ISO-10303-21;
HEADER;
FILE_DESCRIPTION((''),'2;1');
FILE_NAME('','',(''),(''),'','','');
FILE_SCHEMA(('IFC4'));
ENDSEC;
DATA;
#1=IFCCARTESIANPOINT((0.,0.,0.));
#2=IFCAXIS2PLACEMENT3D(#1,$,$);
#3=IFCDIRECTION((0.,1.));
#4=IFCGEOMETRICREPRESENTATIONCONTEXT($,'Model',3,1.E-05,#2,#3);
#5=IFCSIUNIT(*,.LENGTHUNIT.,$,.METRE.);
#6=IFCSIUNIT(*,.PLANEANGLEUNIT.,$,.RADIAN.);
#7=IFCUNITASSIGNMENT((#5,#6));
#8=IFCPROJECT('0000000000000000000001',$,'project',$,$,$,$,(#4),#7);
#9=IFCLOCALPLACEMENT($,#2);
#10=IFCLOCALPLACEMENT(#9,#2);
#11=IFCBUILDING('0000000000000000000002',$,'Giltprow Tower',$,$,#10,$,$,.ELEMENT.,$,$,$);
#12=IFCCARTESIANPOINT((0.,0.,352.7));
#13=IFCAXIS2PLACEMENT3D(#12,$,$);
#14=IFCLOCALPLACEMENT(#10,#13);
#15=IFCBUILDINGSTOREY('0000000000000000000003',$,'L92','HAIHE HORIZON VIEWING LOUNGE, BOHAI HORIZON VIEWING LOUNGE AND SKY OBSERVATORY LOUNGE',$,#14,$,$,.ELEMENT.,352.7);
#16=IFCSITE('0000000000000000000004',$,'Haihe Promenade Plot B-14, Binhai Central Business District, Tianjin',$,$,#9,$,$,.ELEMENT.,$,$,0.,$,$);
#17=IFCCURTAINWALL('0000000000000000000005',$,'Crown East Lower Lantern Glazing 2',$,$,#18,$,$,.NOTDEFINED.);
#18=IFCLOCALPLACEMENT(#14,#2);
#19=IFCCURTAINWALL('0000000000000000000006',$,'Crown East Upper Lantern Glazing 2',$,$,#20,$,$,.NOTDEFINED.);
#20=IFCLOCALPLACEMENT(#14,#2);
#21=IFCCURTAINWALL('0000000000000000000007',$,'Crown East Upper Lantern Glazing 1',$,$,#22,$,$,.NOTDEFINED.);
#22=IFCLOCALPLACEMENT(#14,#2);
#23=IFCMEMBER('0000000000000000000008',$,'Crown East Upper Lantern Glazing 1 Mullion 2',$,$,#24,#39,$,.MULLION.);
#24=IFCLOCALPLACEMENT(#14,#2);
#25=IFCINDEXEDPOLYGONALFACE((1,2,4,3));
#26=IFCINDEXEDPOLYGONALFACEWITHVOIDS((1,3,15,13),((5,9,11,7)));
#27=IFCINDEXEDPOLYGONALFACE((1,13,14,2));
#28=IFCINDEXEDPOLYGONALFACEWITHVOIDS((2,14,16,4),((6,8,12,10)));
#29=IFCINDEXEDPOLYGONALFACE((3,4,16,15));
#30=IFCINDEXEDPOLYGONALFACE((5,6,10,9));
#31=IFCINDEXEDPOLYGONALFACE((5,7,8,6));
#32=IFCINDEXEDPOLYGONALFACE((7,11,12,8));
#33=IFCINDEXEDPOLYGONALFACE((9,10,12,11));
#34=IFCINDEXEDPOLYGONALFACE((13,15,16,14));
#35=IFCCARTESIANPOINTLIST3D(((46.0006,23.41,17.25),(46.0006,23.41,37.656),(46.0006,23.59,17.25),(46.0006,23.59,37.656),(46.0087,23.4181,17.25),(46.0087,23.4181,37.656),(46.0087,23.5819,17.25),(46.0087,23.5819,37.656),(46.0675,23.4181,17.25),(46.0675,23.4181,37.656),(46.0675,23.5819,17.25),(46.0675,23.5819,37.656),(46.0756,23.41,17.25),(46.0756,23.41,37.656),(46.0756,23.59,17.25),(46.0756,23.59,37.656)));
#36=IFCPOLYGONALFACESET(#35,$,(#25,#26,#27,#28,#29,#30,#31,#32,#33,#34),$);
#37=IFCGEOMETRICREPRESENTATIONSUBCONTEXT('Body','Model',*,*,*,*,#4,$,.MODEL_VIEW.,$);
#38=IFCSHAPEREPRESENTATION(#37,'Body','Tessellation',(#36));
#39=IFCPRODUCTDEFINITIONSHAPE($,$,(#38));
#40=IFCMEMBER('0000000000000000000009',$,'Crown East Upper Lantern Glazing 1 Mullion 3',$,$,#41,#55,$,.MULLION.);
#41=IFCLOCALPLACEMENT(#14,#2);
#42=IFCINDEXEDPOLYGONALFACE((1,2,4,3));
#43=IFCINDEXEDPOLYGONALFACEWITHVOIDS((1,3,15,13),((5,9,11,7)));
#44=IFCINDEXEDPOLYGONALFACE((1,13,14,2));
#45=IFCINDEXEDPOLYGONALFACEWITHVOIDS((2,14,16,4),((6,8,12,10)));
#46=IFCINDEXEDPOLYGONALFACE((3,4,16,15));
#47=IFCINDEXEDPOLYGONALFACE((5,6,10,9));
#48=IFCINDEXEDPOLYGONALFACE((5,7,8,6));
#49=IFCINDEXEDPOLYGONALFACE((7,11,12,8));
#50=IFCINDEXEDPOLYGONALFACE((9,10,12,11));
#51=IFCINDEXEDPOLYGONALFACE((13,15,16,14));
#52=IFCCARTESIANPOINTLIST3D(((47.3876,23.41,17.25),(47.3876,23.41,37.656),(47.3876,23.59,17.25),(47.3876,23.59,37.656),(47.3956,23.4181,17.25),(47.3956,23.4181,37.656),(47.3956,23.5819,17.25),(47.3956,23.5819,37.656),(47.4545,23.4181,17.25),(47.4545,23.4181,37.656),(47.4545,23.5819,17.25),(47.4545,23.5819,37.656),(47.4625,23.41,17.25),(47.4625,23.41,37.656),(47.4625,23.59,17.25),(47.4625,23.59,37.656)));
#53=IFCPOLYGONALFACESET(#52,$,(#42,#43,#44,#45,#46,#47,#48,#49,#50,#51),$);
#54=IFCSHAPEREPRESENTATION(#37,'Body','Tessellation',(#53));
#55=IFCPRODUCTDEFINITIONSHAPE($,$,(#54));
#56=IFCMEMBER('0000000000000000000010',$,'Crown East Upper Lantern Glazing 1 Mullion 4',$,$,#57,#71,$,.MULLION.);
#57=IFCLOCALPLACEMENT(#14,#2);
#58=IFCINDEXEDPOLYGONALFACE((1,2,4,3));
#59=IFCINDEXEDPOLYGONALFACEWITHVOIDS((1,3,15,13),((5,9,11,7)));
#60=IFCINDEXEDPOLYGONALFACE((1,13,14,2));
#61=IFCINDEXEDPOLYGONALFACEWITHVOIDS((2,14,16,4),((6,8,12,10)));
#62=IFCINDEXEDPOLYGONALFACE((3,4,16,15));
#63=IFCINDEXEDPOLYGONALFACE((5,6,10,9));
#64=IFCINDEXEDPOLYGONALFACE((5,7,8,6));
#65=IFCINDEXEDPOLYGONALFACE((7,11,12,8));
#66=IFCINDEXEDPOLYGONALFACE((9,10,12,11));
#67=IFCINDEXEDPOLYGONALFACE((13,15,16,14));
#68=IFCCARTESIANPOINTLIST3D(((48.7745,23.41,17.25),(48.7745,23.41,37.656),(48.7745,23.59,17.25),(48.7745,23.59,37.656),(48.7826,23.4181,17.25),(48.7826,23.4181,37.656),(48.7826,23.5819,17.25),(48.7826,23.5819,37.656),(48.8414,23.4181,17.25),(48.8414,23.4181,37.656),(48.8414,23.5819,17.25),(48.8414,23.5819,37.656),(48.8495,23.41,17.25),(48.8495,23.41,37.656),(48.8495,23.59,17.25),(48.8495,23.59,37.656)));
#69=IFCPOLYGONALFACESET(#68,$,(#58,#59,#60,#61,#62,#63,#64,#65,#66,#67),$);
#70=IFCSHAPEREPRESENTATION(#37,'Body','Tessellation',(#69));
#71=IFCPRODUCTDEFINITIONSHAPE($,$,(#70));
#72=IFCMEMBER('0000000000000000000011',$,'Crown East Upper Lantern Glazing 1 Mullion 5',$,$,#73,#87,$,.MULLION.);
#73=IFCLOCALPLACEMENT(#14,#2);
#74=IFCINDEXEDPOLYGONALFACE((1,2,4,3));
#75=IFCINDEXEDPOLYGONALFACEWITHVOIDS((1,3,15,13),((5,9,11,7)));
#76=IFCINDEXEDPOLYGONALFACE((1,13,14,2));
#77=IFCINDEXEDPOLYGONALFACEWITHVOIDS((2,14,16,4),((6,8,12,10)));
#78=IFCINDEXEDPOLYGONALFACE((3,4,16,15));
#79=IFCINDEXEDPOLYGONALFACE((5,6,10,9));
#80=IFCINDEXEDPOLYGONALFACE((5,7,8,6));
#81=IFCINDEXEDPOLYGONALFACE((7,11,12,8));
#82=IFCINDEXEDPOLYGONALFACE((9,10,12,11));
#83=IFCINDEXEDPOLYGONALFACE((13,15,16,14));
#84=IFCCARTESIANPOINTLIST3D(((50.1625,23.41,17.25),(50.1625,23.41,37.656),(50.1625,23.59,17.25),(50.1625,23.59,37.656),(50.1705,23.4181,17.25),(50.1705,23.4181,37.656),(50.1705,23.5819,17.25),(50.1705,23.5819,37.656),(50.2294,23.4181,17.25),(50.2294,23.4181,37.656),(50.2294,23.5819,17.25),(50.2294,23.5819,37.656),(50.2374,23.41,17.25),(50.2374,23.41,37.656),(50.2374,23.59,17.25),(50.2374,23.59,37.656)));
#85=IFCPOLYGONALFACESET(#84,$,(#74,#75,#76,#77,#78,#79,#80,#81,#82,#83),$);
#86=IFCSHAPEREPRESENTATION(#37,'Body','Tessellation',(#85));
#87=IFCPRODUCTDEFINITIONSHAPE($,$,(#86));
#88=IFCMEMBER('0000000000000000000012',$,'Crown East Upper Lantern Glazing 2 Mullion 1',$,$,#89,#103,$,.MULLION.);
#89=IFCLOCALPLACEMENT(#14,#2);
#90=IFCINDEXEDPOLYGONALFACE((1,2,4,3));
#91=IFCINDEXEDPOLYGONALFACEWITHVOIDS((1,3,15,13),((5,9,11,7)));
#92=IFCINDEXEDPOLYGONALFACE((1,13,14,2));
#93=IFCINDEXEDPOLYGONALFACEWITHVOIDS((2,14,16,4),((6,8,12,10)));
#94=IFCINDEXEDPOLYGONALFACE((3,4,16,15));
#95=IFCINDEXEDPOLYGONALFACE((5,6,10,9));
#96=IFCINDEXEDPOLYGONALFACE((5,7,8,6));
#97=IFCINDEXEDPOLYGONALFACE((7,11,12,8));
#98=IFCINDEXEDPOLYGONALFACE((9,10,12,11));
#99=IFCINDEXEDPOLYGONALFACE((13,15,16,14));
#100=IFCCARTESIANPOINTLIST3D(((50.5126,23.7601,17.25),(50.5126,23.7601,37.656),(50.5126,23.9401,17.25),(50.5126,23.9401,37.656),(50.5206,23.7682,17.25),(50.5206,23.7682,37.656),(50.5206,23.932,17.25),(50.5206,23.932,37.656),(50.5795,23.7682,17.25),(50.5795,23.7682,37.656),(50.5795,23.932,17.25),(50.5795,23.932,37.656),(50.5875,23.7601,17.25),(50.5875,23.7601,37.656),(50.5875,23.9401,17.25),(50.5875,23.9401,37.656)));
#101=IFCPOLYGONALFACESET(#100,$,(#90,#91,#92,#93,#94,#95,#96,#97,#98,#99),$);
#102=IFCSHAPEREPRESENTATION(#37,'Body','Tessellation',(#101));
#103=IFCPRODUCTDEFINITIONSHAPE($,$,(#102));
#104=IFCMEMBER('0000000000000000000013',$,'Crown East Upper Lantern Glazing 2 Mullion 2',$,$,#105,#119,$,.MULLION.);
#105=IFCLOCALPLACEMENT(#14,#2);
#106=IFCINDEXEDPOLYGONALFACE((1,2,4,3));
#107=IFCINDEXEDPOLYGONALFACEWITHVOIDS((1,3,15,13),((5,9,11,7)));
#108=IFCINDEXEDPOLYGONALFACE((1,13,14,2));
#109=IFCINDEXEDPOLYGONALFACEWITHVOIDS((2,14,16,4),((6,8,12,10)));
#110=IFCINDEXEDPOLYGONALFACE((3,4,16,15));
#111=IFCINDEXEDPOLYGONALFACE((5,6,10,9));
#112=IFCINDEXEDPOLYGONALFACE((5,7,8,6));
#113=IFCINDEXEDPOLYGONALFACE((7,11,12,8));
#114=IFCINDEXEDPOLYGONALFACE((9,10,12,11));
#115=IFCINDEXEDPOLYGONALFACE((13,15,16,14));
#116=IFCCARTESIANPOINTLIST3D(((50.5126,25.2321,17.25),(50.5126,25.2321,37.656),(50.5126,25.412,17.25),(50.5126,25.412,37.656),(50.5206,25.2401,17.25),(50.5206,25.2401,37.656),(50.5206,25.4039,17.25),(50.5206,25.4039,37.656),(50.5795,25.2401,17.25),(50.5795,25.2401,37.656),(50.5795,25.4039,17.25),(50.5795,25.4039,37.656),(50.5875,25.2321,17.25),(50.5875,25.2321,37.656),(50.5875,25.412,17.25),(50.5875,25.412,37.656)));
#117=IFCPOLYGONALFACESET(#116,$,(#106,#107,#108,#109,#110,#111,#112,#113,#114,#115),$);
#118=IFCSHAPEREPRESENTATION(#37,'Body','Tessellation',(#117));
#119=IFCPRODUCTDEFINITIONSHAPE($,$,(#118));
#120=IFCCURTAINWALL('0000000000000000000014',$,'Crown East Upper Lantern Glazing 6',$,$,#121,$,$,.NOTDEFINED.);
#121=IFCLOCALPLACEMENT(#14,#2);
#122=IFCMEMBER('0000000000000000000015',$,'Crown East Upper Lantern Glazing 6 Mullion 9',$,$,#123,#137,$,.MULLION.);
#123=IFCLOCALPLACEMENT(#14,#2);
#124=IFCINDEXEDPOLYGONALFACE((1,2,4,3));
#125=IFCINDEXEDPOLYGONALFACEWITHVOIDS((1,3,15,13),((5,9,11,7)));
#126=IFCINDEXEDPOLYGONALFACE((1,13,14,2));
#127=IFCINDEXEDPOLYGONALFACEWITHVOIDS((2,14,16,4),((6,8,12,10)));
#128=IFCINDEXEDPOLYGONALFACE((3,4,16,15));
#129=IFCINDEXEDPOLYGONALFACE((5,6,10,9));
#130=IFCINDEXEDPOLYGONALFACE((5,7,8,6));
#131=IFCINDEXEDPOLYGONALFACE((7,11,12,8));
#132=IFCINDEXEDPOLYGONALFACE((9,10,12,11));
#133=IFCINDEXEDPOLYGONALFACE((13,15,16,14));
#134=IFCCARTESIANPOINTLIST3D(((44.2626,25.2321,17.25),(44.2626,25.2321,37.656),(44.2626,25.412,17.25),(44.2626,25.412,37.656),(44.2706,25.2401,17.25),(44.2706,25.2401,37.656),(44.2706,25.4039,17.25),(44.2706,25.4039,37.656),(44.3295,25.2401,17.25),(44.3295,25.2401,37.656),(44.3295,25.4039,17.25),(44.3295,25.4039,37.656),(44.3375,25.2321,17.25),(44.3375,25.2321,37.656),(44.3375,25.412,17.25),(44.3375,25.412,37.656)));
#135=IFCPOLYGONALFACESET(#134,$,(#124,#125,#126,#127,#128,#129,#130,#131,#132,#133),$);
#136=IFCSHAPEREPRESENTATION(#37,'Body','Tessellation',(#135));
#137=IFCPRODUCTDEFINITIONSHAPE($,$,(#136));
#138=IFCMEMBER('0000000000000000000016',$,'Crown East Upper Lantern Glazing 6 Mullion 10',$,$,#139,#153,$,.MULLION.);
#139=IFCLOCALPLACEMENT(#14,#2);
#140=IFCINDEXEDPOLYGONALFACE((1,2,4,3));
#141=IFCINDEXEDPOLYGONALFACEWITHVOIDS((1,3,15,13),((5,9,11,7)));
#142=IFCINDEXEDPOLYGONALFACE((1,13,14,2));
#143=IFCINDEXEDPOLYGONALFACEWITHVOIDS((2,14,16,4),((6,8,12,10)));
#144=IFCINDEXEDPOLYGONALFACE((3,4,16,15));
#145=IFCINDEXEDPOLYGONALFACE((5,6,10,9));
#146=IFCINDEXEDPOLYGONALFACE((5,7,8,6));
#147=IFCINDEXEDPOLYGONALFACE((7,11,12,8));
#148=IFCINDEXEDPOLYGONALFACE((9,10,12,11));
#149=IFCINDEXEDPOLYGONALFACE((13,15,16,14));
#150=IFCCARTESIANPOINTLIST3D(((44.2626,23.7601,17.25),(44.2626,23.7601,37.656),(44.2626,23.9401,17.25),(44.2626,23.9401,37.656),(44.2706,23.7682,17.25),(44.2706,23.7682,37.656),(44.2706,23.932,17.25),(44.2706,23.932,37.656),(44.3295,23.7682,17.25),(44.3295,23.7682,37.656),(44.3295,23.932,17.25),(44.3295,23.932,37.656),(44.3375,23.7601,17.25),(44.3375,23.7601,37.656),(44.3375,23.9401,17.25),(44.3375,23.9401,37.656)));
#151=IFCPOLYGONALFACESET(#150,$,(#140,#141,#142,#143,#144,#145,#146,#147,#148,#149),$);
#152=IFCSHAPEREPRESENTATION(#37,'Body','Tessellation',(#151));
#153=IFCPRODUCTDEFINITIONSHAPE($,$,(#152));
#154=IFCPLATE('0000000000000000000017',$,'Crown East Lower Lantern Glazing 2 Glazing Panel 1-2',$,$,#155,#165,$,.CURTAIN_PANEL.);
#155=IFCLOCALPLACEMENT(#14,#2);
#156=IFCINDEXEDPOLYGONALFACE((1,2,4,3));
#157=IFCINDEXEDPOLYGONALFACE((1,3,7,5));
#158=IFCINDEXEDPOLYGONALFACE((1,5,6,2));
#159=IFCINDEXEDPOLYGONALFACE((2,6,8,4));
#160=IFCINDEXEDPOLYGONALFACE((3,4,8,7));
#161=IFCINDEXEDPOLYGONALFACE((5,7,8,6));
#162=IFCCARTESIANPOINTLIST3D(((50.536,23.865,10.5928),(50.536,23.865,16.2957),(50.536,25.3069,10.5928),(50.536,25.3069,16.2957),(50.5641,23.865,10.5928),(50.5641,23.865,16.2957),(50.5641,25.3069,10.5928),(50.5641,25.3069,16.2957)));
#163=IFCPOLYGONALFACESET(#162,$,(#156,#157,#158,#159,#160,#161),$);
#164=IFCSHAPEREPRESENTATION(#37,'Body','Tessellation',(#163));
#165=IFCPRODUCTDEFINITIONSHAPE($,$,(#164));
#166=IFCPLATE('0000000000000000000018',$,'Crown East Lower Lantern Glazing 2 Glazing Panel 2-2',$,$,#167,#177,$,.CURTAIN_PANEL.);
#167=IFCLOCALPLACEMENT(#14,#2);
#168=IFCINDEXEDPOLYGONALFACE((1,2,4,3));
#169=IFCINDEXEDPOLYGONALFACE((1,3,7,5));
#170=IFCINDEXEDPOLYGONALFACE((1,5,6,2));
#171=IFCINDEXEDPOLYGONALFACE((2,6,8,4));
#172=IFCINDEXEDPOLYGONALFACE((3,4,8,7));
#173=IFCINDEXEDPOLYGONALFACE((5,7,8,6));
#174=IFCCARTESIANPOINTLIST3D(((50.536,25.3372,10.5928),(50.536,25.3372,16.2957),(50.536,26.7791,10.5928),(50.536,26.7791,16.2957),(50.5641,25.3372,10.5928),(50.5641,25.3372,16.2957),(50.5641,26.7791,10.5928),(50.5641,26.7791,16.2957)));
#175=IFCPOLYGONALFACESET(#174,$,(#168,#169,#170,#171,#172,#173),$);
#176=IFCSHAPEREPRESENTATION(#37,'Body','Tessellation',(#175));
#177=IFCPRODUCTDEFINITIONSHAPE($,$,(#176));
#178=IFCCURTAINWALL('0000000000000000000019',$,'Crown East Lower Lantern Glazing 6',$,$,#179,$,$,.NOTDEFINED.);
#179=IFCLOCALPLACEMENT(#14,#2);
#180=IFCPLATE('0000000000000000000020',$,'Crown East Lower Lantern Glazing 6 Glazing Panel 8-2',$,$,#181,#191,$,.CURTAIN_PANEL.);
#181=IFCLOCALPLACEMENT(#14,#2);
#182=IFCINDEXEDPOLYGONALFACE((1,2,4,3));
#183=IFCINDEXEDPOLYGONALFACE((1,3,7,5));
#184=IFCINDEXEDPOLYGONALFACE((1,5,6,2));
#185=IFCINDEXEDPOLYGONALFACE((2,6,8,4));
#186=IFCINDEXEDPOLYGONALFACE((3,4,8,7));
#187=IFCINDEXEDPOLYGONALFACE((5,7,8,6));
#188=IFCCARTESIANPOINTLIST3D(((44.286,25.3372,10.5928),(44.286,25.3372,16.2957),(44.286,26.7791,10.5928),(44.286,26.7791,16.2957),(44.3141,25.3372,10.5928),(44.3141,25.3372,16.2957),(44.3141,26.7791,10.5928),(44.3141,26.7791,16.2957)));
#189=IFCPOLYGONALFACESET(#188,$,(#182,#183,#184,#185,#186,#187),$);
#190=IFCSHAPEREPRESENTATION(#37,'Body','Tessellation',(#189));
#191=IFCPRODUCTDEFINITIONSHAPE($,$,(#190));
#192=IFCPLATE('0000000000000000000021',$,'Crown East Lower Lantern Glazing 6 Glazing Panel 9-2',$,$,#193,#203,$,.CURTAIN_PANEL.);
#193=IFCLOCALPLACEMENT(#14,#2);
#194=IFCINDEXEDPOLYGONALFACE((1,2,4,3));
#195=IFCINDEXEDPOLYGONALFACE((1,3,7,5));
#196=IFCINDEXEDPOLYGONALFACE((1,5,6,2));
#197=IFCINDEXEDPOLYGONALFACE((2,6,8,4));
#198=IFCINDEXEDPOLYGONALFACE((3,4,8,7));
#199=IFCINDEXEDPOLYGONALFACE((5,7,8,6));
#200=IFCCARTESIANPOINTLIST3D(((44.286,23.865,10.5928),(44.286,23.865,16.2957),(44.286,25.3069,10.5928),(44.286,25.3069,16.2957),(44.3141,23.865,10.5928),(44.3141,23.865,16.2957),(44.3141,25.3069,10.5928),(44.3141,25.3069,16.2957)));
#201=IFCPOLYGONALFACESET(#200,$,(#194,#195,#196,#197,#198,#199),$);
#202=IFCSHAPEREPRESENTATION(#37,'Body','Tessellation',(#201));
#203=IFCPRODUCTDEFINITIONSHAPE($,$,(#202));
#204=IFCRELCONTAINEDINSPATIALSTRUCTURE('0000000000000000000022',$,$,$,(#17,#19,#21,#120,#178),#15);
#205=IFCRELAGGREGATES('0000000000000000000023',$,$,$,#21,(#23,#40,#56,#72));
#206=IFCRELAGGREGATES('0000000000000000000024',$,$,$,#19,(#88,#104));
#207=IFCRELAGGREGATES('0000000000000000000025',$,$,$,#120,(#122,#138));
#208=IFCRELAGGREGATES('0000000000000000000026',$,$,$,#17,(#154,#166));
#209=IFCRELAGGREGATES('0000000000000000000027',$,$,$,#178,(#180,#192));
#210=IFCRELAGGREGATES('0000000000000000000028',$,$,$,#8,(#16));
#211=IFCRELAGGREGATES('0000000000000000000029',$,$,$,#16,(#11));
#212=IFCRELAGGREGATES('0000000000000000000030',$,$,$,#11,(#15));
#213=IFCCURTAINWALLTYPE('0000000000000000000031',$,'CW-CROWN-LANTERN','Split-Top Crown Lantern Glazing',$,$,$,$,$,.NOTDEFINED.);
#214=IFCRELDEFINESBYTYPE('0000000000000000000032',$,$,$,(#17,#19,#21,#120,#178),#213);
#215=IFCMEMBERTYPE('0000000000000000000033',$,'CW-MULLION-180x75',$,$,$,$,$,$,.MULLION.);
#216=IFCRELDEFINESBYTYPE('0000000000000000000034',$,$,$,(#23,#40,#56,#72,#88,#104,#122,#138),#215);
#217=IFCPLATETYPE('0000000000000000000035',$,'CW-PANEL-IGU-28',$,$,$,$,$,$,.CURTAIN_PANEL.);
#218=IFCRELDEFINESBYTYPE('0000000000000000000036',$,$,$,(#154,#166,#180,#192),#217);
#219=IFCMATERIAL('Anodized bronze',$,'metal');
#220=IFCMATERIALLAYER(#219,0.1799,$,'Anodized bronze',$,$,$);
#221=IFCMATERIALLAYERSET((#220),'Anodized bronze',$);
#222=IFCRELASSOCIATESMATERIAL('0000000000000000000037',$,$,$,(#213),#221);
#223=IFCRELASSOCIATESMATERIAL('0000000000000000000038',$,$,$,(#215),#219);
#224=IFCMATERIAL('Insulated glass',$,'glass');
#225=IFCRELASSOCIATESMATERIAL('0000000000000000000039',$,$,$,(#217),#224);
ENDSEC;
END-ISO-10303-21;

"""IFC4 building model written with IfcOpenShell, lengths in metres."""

from ifc_helpers import new_model, si_unit, direction, frame, origin, origin_2d, place, context, subcontext, project, spatial, rectangle, hollow_rectangle, extrude, source, transform, mapped, material, layer, layer_set, material_profile, profile_set, type_object, element, aggregate, save


model = new_model("IFC4")

# Units and contexts
model_context = context("Model", 3, precision=1e-05, world=origin(), true_north=direction((0.0, 1.0)))
body_context = subcontext(model_context, "Body", "Model", "MODEL_VIEW")
ifc_project = project(units=[si_unit("LENGTHUNIT", "METRE"), si_unit("PLANEANGLEUNIT", "RADIAN")], contexts=[model_context])

# Site, building, storey
site_placement = place(None, origin())
site = spatial("IfcSite", under=ifc_project, at=site_placement, Name="Haihe Promenade Plot B-14, Binhai Central Business District, Tianjin", CompositionType="ELEMENT", RefElevation=0.0)
building_placement = place(site_placement, origin())
building = spatial("IfcBuilding", under=site, at=building_placement, Name="Giltprow Tower", CompositionType="ELEMENT")
storey_placement = place(building_placement, frame((0.0, 0.0, 352.7)))
storey = spatial("IfcBuildingStorey", under=building, at=storey_placement, Name="L92", Description="HAIHE HORIZON VIEWING LOUNGE, BOHAI HORIZON VIEWING LOUNGE AND SKY OBSERVATORY LOUNGE", CompositionType="ELEMENT", Elevation=352.7)

# Curtain wall
ifc_material_1 = material(Name="Anodized bronze", Category="metal")
ifc_layer = layer(ifc_material_1, 0.1799, Name="Anodized bronze")
ifc_layer_set = layer_set([ifc_layer], Name="Anodized bronze")
curtain_wall_type = type_object("IfcCurtainWallType", Name="CW-CROWN-LANTERN", Description="Split-Top Crown Lantern Glazing", PredefinedType="NOTDEFINED", material=ifc_layer_set)
curtain_wall_1_placement = place(storey_placement, origin())
curtain_wall_1 = element("IfcCurtainWall", 1, at=curtain_wall_1_placement, inside=storey, type_object=curtain_wall_type, Name="Crown East Lower Lantern Glazing 2", PredefinedType="NOTDEFINED")

# Curtain wall
curtain_wall_2_placement = place(storey_placement, origin())
curtain_wall_2 = element("IfcCurtainWall", 2, at=curtain_wall_2_placement, inside=storey, type_object=curtain_wall_type, Name="Crown East Upper Lantern Glazing 2", PredefinedType="NOTDEFINED")

# Curtain wall, members
curtain_wall_3_placement = place(storey_placement, origin())
curtain_wall_3 = element("IfcCurtainWall", 3, at=curtain_wall_3_placement, inside=storey, type_object=curtain_wall_type, Name="Crown East Upper Lantern Glazing 1", PredefinedType="NOTDEFINED")
ifc_material_profile_1 = material_profile(ifc_material_1, hollow_rectangle(XDim=0.075, YDim=0.1799, WallThickness=0.0081, at=origin_2d()), Name="RHS 180x75x8")
ifc_profile_set_1 = profile_set([ifc_material_profile_1], Name="Anodized bronze")
member_type_1 = type_object("IfcMemberType", Name="CW-MULLION-180x75", PredefinedType="MULLION", material=ifc_profile_set_1)
shared_shape_1 = source(origin(), body_context, "Body", "SweptSolid", [
    extrude(hollow_rectangle(XDim=0.075, YDim=0.1799, WallThickness=0.0081, at=origin_2d()), origin(), (0.0, 0.0, 1.0), 20.406),
])
member_1_placement = place(storey_placement, frame((46.0381, 23.5, 17.25), z_axis=(0.0, 0.0, 1.0), x_axis=(1.0, 0.0, 0.0)))
member_1 = element("IfcMember", 4, at=member_1_placement, type_object=member_type_1, Name="Crown East Upper Lantern Glazing 1 Mullion 2", PredefinedType="MULLION", context=body_context, shape_type="MappedRepresentation", body=[
    mapped(shared_shape_1, transform((0.0, 0.0, 0.0), x_axis=(1.0, 0.0, 0.0), y_axis=(0.0, 1.0, 0.0), z_axis=(0.0, 0.0, 1.0), scale=1.0)),
])
member_2_placement = place(storey_placement, frame((47.425, 23.5, 17.25), z_axis=(0.0, 0.0, 1.0), x_axis=(1.0, 0.0, 0.0)))
member_2 = element("IfcMember", 5, at=member_2_placement, type_object=member_type_1, Name="Crown East Upper Lantern Glazing 1 Mullion 3", PredefinedType="MULLION", context=body_context, shape_type="MappedRepresentation", body=[
    mapped(shared_shape_1, transform((0.0, 0.0, 0.0), x_axis=(1.0, 0.0, 0.0), y_axis=(0.0, 1.0, 0.0), z_axis=(0.0, 0.0, 1.0), scale=1.0)),
])
member_3_placement = place(storey_placement, frame((48.812, 23.5, 17.25), z_axis=(0.0, 0.0, 1.0), x_axis=(1.0, 0.0, 0.0)))
member_3 = element("IfcMember", 6, at=member_3_placement, type_object=member_type_1, Name="Crown East Upper Lantern Glazing 1 Mullion 4", PredefinedType="MULLION", context=body_context, shape_type="MappedRepresentation", body=[
    mapped(shared_shape_1, transform((0.0, 0.0, 0.0), x_axis=(1.0, 0.0, 0.0), y_axis=(0.0, 1.0, 0.0), z_axis=(0.0, 0.0, 1.0), scale=1.0)),
])
member_4_placement = place(storey_placement, frame((50.2, 23.5, 17.25), z_axis=(0.0, 0.0, 1.0), x_axis=(1.0, 0.0, 0.0)))
member_4 = element("IfcMember", 7, at=member_4_placement, type_object=member_type_1, Name="Crown East Upper Lantern Glazing 1 Mullion 5", PredefinedType="MULLION", context=body_context, shape_type="MappedRepresentation", body=[
    mapped(shared_shape_1, transform((0.0, 0.0, 0.0), x_axis=(1.0, 0.0, 0.0), y_axis=(0.0, 1.0, 0.0), z_axis=(0.0, 0.0, 1.0), scale=1.0)),
])
aggregate(curtain_wall_3, [member_1, member_2, member_3, member_4])

# Members
member_5_placement = place(storey_placement, frame((50.55, 23.8501, 17.25), z_axis=(0.0, 0.0, 1.0), x_axis=(1.0, 0.0, 0.0)))
member_5 = element("IfcMember", 8, at=member_5_placement, type_object=member_type_1, Name="Crown East Upper Lantern Glazing 2 Mullion 1", PredefinedType="MULLION", context=body_context, shape_type="MappedRepresentation", body=[
    mapped(shared_shape_1, transform((0.0, 0.0, 0.0), x_axis=(1.0, 0.0, 0.0), y_axis=(0.0, 1.0, 0.0), z_axis=(0.0, 0.0, 1.0), scale=1.0)),
])
member_6_placement = place(storey_placement, frame((50.55, 25.322, 17.25), z_axis=(0.0, 0.0, 1.0), x_axis=(1.0, 0.0, 0.0)))
member_6 = element("IfcMember", 9, at=member_6_placement, type_object=member_type_1, Name="Crown East Upper Lantern Glazing 2 Mullion 2", PredefinedType="MULLION", context=body_context, shape_type="MappedRepresentation", body=[
    mapped(shared_shape_1, transform((0.0, 0.0, 0.0), x_axis=(1.0, 0.0, 0.0), y_axis=(0.0, 1.0, 0.0), z_axis=(0.0, 0.0, 1.0), scale=1.0)),
])
aggregate(curtain_wall_2, [member_5, member_6])

# Curtain wall, members
curtain_wall_4_placement = place(storey_placement, origin())
curtain_wall_4 = element("IfcCurtainWall", 10, at=curtain_wall_4_placement, inside=storey, type_object=curtain_wall_type, Name="Crown East Upper Lantern Glazing 6", PredefinedType="NOTDEFINED")
member_7_placement = place(storey_placement, frame((44.3, 25.322, 17.25), z_axis=(0.0, 0.0, 1.0), x_axis=(1.0, 0.0, 0.0)))
member_7 = element("IfcMember", 11, at=member_7_placement, type_object=member_type_1, Name="Crown East Upper Lantern Glazing 6 Mullion 9", PredefinedType="MULLION", context=body_context, shape_type="MappedRepresentation", body=[
    mapped(shared_shape_1, transform((0.0, 0.0, 0.0), x_axis=(1.0, 0.0, 0.0), y_axis=(0.0, 1.0, 0.0), z_axis=(0.0, 0.0, 1.0), scale=1.0)),
])
member_8_placement = place(storey_placement, frame((44.3, 23.8501, 17.25), z_axis=(0.0, 0.0, 1.0), x_axis=(1.0, 0.0, 0.0)))
member_8 = element("IfcMember", 12, at=member_8_placement, type_object=member_type_1, Name="Crown East Upper Lantern Glazing 6 Mullion 10", PredefinedType="MULLION", context=body_context, shape_type="MappedRepresentation", body=[
    mapped(shared_shape_1, transform((0.0, 0.0, 0.0), x_axis=(1.0, 0.0, 0.0), y_axis=(0.0, 1.0, 0.0), z_axis=(0.0, 0.0, 1.0), scale=1.0)),
])
aggregate(curtain_wall_4, [member_7, member_8])

# Plates
ifc_material_2 = material(Name="Insulated glass", Category="glass")
plate_type = type_object("IfcPlateType", Name="CW-PANEL-IGU-28", PredefinedType="CURTAIN_PANEL", material=ifc_material_2)
shared_shape_2 = source(origin(), body_context, "Body", "SweptSolid", [
    extrude(rectangle(XDim=1.4419, YDim=0.0281, at=origin_2d()), origin(), (0.0, 0.0, 1.0), 5.7029),
])
plate_1_placement = place(storey_placement, frame((50.55, 24.5859, 10.5928), z_axis=(0.0, 0.0, 1.0), x_axis=(0.0, 1.0, 0.0)))
plate_1 = element("IfcPlate", 13, at=plate_1_placement, type_object=plate_type, Name="Crown East Lower Lantern Glazing 2 Glazing Panel 1-2", PredefinedType="CURTAIN_PANEL", context=body_context, shape_type="MappedRepresentation", body=[
    mapped(shared_shape_2, transform((0.0, 0.0, 0.0), x_axis=(1.0, 0.0, 0.0), y_axis=(0.0, 1.0, 0.0), z_axis=(0.0, 0.0, 1.0), scale=1.0)),
])
plate_2_placement = place(storey_placement, frame((50.55, 26.0581, 10.5928), z_axis=(0.0, 0.0, 1.0), x_axis=(0.0, 1.0, 0.0)))
plate_2 = element("IfcPlate", 14, at=plate_2_placement, type_object=plate_type, Name="Crown East Lower Lantern Glazing 2 Glazing Panel 2-2", PredefinedType="CURTAIN_PANEL", context=body_context, shape_type="MappedRepresentation", body=[
    mapped(shared_shape_2, transform((0.0, 0.0, 0.0), x_axis=(1.0, 0.0, 0.0), y_axis=(0.0, 1.0, 0.0), z_axis=(0.0, 0.0, 1.0), scale=1.0)),
])
aggregate(curtain_wall_1, [plate_1, plate_2])

# Curtain wall, plates
curtain_wall_5_placement = place(storey_placement, origin())
curtain_wall_5 = element("IfcCurtainWall", 15, at=curtain_wall_5_placement, inside=storey, type_object=curtain_wall_type, Name="Crown East Lower Lantern Glazing 6", PredefinedType="NOTDEFINED")
plate_3_placement = place(storey_placement, frame((44.3, 26.0581, 10.5928), z_axis=(0.0, 0.0, 1.0), x_axis=(0.0, -1.0, 0.0)))
plate_3 = element("IfcPlate", 16, at=plate_3_placement, type_object=plate_type, Name="Crown East Lower Lantern Glazing 6 Glazing Panel 8-2", PredefinedType="CURTAIN_PANEL", context=body_context, shape_type="MappedRepresentation", body=[
    mapped(shared_shape_2, transform((0.0, 0.0, 0.0), x_axis=(1.0, 0.0, 0.0), y_axis=(0.0, 1.0, 0.0), z_axis=(0.0, 0.0, 1.0), scale=1.0)),
])
plate_4_placement = place(storey_placement, frame((44.3, 24.5859, 10.5928), z_axis=(0.0, 0.0, 1.0), x_axis=(0.0, -1.0, 0.0)))
plate_4 = element("IfcPlate", 17, at=plate_4_placement, type_object=plate_type, Name="Crown East Lower Lantern Glazing 6 Glazing Panel 9-2", PredefinedType="CURTAIN_PANEL", context=body_context, shape_type="MappedRepresentation", body=[
    mapped(shared_shape_2, transform((0.0, 0.0, 0.0), x_axis=(1.0, 0.0, 0.0), y_axis=(0.0, 1.0, 0.0), z_axis=(0.0, 0.0, 1.0), scale=1.0)),
])
aggregate(curtain_wall_5, [plate_3, plate_4])

save(model, "model.ifc")
